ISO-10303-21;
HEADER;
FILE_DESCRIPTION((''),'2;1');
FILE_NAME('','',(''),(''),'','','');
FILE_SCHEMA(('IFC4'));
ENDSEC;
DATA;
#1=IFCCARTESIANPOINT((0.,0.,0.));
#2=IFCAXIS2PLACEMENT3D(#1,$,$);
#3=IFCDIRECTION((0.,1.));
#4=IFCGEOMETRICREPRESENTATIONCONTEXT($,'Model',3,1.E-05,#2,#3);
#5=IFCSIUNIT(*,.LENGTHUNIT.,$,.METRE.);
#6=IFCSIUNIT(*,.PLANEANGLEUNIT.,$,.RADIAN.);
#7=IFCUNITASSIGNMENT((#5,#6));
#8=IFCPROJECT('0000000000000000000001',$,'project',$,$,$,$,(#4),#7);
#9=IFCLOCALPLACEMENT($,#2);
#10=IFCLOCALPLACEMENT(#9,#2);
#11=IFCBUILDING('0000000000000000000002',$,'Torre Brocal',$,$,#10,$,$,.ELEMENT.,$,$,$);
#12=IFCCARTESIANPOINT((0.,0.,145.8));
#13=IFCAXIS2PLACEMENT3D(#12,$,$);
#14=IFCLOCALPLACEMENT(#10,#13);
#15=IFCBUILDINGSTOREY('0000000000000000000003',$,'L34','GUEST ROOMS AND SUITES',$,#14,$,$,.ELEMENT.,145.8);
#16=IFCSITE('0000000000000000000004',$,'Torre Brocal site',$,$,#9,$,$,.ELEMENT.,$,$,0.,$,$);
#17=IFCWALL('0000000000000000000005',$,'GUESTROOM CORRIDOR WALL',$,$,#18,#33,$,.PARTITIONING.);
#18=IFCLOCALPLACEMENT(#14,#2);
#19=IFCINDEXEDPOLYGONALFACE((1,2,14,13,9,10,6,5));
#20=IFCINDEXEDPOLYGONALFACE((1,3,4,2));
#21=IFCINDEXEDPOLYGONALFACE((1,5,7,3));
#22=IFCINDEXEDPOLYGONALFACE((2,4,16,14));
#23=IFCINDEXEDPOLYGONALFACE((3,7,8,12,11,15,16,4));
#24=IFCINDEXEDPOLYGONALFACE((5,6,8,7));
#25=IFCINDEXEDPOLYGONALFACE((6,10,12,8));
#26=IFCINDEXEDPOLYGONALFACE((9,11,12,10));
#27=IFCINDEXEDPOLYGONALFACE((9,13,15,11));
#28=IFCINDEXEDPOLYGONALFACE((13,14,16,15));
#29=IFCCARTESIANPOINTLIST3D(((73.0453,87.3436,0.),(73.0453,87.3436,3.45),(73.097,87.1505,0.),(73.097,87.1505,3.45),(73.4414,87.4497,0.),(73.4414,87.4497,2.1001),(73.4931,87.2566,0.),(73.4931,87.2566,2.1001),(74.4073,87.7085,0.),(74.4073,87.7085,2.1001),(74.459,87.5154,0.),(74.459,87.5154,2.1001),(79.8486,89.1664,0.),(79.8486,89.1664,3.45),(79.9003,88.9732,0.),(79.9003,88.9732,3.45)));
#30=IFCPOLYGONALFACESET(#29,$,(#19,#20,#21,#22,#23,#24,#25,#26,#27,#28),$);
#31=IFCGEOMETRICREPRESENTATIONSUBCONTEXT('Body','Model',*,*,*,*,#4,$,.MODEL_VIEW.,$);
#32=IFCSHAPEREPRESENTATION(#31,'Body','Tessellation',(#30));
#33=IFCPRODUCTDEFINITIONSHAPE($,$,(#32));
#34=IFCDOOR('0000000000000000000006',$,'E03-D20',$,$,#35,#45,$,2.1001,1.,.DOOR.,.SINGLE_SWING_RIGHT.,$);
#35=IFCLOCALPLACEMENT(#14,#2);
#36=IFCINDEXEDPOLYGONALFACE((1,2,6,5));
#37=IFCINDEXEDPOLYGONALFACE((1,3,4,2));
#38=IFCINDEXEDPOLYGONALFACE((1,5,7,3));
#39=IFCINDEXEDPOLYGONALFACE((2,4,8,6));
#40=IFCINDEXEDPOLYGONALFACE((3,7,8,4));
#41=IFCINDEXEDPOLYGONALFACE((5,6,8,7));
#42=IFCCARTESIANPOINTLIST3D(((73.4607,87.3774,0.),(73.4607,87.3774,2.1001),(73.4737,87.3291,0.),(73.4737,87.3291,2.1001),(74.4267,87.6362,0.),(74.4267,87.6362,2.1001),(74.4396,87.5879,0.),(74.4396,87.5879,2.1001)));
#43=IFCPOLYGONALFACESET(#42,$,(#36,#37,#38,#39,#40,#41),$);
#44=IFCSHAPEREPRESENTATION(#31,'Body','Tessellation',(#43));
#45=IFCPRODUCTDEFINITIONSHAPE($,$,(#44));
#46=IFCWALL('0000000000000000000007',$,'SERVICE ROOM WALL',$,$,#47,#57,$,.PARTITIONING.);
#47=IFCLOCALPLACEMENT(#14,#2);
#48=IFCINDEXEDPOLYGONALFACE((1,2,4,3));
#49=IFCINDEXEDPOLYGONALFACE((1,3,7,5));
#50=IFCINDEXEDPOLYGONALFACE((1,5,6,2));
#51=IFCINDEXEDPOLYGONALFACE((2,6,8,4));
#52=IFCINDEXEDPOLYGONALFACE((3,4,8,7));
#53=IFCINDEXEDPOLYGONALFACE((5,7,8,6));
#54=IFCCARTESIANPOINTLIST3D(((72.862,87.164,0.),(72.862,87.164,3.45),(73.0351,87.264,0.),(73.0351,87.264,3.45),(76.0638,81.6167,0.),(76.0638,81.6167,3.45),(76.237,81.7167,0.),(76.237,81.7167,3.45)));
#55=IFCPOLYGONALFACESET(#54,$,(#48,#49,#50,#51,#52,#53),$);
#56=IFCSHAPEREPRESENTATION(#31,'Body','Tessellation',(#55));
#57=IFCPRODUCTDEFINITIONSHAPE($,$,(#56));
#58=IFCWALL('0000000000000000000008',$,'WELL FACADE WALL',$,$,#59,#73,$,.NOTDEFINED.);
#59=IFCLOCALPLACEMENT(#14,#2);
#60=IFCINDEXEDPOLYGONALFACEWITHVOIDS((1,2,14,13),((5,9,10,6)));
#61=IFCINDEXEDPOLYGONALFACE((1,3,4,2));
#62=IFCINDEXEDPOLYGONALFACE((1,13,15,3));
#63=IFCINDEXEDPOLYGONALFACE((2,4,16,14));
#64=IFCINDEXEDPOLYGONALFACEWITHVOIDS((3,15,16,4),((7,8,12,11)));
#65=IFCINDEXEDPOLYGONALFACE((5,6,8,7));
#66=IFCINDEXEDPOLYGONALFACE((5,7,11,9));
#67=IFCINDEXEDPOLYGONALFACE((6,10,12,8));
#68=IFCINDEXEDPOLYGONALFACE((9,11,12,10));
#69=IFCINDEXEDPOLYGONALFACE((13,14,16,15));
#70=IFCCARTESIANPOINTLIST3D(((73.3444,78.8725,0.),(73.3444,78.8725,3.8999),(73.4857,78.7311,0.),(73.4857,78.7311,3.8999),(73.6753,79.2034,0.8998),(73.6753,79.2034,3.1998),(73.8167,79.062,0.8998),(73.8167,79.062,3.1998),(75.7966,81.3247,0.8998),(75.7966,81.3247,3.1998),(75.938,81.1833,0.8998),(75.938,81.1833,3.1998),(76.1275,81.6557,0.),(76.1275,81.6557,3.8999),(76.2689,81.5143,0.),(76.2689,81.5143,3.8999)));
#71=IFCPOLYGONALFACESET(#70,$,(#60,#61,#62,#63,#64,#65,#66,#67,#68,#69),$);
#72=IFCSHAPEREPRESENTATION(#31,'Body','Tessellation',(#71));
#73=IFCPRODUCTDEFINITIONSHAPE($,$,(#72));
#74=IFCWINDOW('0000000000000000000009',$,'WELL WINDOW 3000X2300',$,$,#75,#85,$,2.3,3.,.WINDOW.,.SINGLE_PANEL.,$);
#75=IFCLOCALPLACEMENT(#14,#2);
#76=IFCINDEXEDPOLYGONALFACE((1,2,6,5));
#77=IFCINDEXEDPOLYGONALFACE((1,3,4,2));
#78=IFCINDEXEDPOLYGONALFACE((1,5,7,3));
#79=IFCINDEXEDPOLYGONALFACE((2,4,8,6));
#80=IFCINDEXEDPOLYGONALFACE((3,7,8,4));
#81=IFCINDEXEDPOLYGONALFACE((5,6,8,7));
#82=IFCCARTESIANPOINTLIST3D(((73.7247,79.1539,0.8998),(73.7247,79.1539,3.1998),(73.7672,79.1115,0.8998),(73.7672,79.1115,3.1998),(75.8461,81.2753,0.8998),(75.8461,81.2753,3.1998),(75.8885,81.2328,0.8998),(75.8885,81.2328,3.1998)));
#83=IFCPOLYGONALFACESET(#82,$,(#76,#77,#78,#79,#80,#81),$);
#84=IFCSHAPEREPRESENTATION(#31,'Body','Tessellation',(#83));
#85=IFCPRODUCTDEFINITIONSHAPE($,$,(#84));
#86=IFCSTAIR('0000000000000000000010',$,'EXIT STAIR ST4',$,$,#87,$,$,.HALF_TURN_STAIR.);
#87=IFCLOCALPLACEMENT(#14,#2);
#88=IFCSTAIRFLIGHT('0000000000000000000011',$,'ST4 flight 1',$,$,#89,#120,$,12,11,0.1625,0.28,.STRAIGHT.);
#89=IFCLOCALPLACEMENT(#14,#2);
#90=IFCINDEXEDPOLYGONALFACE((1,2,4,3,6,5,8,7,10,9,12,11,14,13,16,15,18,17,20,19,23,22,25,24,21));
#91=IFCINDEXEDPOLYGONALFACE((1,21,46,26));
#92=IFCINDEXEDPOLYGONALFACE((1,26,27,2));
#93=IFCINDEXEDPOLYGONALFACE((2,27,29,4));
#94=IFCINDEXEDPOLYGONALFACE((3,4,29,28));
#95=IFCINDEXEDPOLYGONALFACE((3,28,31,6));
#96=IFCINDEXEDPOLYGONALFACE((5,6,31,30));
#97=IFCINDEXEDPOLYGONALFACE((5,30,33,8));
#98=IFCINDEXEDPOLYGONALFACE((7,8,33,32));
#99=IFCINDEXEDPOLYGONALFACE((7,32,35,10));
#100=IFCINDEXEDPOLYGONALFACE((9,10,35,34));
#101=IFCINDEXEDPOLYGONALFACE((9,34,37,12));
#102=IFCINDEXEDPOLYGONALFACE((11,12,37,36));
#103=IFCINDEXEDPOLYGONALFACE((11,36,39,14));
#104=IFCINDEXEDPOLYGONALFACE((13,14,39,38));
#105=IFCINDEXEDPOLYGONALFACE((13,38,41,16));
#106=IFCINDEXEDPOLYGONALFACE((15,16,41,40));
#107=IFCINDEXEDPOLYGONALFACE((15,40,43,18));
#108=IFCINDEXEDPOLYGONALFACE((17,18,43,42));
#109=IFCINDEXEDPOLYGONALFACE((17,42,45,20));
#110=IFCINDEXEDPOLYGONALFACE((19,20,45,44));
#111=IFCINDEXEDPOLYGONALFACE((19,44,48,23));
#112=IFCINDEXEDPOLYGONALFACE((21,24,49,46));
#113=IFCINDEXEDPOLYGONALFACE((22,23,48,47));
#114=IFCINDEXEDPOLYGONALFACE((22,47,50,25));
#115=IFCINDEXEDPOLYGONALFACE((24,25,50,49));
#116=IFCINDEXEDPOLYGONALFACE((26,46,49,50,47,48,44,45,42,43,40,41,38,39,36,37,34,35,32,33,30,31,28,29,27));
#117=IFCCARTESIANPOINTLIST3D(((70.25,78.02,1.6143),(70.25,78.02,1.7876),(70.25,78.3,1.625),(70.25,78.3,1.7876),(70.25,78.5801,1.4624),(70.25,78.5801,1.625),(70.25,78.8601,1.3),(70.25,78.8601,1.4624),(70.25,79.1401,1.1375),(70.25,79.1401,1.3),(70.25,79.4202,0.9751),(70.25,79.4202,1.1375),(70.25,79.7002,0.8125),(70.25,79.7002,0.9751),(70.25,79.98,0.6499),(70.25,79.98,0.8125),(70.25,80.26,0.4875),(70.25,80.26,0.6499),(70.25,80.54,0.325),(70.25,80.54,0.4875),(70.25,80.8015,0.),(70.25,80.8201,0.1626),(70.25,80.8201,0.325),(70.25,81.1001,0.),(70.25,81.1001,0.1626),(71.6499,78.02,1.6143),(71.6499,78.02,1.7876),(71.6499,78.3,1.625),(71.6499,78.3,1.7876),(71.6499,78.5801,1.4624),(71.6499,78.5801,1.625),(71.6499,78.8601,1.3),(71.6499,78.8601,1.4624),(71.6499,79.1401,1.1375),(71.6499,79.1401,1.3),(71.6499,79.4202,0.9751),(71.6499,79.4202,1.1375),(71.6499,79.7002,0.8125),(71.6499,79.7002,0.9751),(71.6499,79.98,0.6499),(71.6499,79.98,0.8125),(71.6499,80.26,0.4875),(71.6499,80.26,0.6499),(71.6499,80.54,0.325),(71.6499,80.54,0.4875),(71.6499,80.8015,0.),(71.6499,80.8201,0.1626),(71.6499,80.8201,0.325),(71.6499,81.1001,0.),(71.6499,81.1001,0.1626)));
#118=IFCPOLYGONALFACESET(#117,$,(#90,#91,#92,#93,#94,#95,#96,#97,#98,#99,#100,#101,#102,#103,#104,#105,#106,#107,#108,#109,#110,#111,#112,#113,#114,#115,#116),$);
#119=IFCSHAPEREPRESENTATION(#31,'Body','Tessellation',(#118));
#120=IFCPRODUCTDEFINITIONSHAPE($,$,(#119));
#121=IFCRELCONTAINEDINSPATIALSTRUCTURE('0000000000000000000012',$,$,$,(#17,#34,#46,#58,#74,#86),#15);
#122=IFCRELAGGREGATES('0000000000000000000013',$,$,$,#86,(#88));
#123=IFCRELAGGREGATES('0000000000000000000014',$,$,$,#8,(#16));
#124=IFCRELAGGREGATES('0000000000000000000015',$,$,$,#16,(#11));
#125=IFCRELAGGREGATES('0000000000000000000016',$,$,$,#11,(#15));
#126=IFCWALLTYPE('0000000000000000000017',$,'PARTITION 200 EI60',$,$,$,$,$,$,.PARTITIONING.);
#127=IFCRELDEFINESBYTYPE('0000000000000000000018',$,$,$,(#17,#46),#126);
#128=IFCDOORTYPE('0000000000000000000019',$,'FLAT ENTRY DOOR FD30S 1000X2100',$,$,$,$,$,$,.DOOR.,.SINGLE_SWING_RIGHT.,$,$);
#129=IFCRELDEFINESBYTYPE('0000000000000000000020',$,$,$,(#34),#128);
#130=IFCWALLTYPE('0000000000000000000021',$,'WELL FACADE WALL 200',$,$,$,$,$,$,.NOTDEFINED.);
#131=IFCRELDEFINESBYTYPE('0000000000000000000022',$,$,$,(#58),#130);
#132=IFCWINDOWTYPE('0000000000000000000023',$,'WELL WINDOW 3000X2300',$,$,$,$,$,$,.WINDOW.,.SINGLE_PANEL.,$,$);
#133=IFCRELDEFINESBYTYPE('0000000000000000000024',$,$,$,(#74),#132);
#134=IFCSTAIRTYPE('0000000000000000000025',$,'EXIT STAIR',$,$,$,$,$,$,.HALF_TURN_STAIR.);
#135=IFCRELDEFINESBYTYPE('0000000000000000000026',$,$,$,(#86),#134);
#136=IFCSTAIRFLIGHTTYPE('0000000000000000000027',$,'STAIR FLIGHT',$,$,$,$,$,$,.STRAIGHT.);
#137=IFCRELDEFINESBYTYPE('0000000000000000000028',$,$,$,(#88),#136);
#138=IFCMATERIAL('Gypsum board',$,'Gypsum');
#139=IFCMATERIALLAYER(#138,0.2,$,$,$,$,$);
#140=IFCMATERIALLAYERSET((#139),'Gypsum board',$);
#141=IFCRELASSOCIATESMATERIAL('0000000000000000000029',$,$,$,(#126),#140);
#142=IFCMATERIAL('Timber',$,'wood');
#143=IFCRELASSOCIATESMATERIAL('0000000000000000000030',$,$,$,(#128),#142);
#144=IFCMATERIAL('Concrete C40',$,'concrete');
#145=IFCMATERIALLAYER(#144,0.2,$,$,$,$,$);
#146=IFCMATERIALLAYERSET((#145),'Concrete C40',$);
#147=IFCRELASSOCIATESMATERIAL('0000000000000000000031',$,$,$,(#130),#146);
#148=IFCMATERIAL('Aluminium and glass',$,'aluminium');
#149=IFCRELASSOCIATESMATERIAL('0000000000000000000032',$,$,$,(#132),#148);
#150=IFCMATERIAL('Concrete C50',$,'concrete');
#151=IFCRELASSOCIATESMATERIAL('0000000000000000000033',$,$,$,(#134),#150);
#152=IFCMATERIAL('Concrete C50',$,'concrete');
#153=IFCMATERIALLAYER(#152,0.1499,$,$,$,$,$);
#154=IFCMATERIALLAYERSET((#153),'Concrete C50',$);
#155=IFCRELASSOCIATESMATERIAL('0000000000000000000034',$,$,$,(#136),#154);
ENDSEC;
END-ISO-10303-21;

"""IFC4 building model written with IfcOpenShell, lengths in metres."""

from ifc_helpers import new_model, si_unit, direction, frame, frame_2d, origin, place, context, subcontext, project, spatial, polyline, rectangle, outline, extrude, material, layer, layer_set, type_object, element, fill, aggregate, save


model = new_model("IFC4")

# Units and contexts
model_context = context("Model", 3, precision=1e-05, world=origin(), true_north=direction((0.0, 1.0)))
body_context = subcontext(model_context, "Body", "Model", "MODEL_VIEW")
ifc_project = project(units=[si_unit("LENGTHUNIT", "METRE"), si_unit("PLANEANGLEUNIT", "RADIAN")], contexts=[model_context])

# Site, building, storey
site_placement = place(None, origin())
site = spatial("IfcSite", under=ifc_project, at=site_placement, Name="Torre Brocal site", CompositionType="ELEMENT", RefElevation=0.0)
building_placement = place(site_placement, origin())
building = spatial("IfcBuilding", under=site, at=building_placement, Name="Torre Brocal", CompositionType="ELEMENT")
storey_placement = place(building_placement, frame((0.0, 0.0, 145.8)))
storey = spatial("IfcBuildingStorey", under=building, at=storey_placement, Name="L34", Description="GUEST ROOMS AND SUITES", CompositionType="ELEMENT", Elevation=145.8)

# Wall, opening, door
ifc_material_1 = material(Name="Gypsum board", Category="Gypsum")
ifc_layer_1 = layer(ifc_material_1, 0.2)
ifc_layer_set_1 = layer_set([ifc_layer_1], Name="Gypsum board")
wall_type_1 = type_object("IfcWallType", Name="PARTITION 200 EI60", PredefinedType="PARTITIONING", material=ifc_layer_set_1)
wall_1_placement = place(storey_placement, frame((73.0713, 87.2471, 0.0), z_axis=(0.0, 0.0, 1.0), x_axis=(0.965932, 0.258797, 0.0)))
wall_1 = element("IfcWall", 1, at=wall_1_placement, inside=storey, type_object=wall_type_1, Name="GUESTROOM CORRIDOR WALL", PredefinedType="PARTITIONING", context=body_context, shape_type="SweptSolid", body=[
    extrude(rectangle(XDim=7.0432, YDim=0.2, at=frame_2d((3.5215, 0.0))), origin(), (0.0, 0.0, 1.0), 3.45),
])
opening_1_placement = place(wall_1_placement, frame((0.4099, 0.0, 0.0)))
opening_1 = element("IfcOpeningElement", 2, at=opening_1_placement, cuts=wall_1, PredefinedType="OPENING", context=body_context, shape_type="SweptSolid", body=[
    extrude(rectangle(XDim=1.0, YDim=2.1001, at=frame_2d((0.5, 1.05))), frame((0.0, 0.1099, 0.0), z_axis=(0.0, -1.0, 0.0), x_axis=(1.0, 0.0, 0.0)), (0.0, 0.0, 1.0), 0.22),
])
ifc_material_2 = material(Name="Timber", Category="wood")
door_type_1 = type_object("IfcDoorType", Name="FLAT ENTRY DOOR FD30S 1000X2100", OperationType="SINGLE_SWING_RIGHT", PredefinedType="DOOR", material=ifc_material_2)
door_1_placement = place(opening_1_placement, frame((1.0, 0.0, 0.0), z_axis=(0.0, 0.0, 1.0), x_axis=(-1.0, 0.0, 0.0)))
door_1 = element("IfcDoor", 3, at=door_1_placement, inside=storey, type_object=door_type_1, Name="E03-D20", OperationType="SINGLE_SWING_RIGHT", OverallHeight=2.1001, OverallWidth=1.0, PredefinedType="DOOR", context=body_context, shape_type="SweptSolid", body=[
    extrude(rectangle(XDim=1.0, YDim=2.1001, at=frame_2d((0.5, 1.05))), frame((0.0, 0.0249, 0.0), z_axis=(0.0, -1.0, 0.0), x_axis=(1.0, 0.0, 0.0)), (0.0, 0.0, 1.0), 0.05),
])
fill(opening_1, door_1)

# Wall
wall_2_placement = place(storey_placement, frame((72.9485, 87.2141, 0.0), z_axis=(0.0, 0.0, 1.0), x_axis=(0.499898, -0.866084, 0.0)))
element("IfcWall", 4, at=wall_2_placement, inside=storey, type_object=wall_type_1, Name="SERVICE ROOM WALL", PredefinedType="PARTITIONING", context=body_context, shape_type="SweptSolid", body=[
    extrude(rectangle(XDim=6.405, YDim=0.2, at=frame_2d((3.2026, 0.0))), origin(), (0.0, 0.0, 1.0), 3.45),
])

# Wall, opening, window
ifc_material_3 = material(Name="Concrete C40", Category="concrete")
ifc_layer_2 = layer(ifc_material_3, 0.2)
ifc_layer_set_2 = layer_set([ifc_layer_2], Name="Concrete C40")
wall_type_2 = type_object("IfcWallType", Name="WELL FACADE WALL 200", PredefinedType="NOTDEFINED", material=ifc_layer_set_2)
wall_3_placement = place(storey_placement, frame((76.1982, 81.585, 0.0), z_axis=(0.0, 0.0, 1.0), x_axis=(-0.707107, -0.707107, 0.0)))
wall_3 = element("IfcWall", 5, at=wall_3_placement, inside=storey, type_object=wall_type_2, Name="WELL FACADE WALL", PredefinedType="NOTDEFINED", context=body_context, shape_type="SweptSolid", body=[
    extrude(rectangle(XDim=3.936, YDim=0.2, at=frame_2d((1.968, 0.0))), origin(), (0.0, 0.0, 1.0), 3.8999),
])
opening_2_placement = place(wall_3_placement, frame((0.468, 0.0, 0.8999)))
opening_2 = element("IfcOpeningElement", 6, at=opening_2_placement, cuts=wall_3, PredefinedType="OPENING", context=body_context, shape_type="SweptSolid", body=[
    extrude(rectangle(XDim=3.0, YDim=2.3, at=frame_2d((1.5, 1.1499))), frame((0.0, 0.1099, 0.0), z_axis=(0.0, -1.0, 0.0), x_axis=(1.0, 0.0, 0.0)), (0.0, 0.0, 1.0), 0.22),
])
ifc_material_4 = material(Name="Aluminium and glass", Category="aluminium")
window_type = type_object("IfcWindowType", Name="WELL WINDOW 3000X2300", PartitioningType="SINGLE_PANEL", PredefinedType="WINDOW", material=ifc_material_4)
window_placement = place(opening_2_placement, origin())
window = element("IfcWindow", 7, at=window_placement, inside=storey, type_object=window_type, Name="WELL WINDOW 3000X2300", OverallHeight=2.3, OverallWidth=3.0, PartitioningType="SINGLE_PANEL", PredefinedType="WINDOW", context=body_context, shape_type="SweptSolid", body=[
    extrude(rectangle(XDim=3.0, YDim=2.3, at=frame_2d((1.5, 1.1499))), frame((0.0, 0.03, 0.0), z_axis=(0.0, -1.0, 0.0), x_axis=(1.0, 0.0, 0.0)), (0.0, 0.0, 1.0), 0.0601),
])
fill(opening_2, window)

# Stair, stair flight
ifc_material_5 = material(Name="Concrete C50", Category="concrete")
stair_type = type_object("IfcStairType", Name="EXIT STAIR", PredefinedType="HALF_TURN_STAIR", material=ifc_material_5)
stair_placement = place(storey_placement, origin())
stair = element("IfcStair", 8, at=stair_placement, inside=storey, type_object=stair_type, Name="EXIT STAIR ST4", PredefinedType="HALF_TURN_STAIR")
ifc_material_6 = material(Name="Concrete C50", Category="concrete")
ifc_layer_3 = layer(ifc_material_6, 0.1499)
ifc_layer_set_3 = layer_set([ifc_layer_3], Name="Concrete C50")
stair_flight_type = type_object("IfcStairFlightType", Name="STAIR FLIGHT", PredefinedType="STRAIGHT", material=ifc_layer_set_3)
stair_flight_placement = place(storey_placement, frame((70.95, 81.1001, 0.0), z_axis=(0.0, 0.0, 1.0), x_axis=(0.0, -1.0, 0.0)))
stair_flight = element("IfcStairFlight", 9, at=stair_flight_placement, type_object=stair_flight_type, Name="ST4 flight 1", NumberOfRisers=12, NumberOfTreads=11, PredefinedType="STRAIGHT", RiserHeight=0.1625, TreadLength=0.28, context=body_context, shape_type="SweptSolid", body=[
    extrude(outline(polyline([(0.0, 0.0), (0.0, 0.1626), (0.28, 0.1626), (0.28, 0.325), (0.5601, 0.325), (0.5601, 0.4875), (0.8401, 0.4875), (0.8401, 0.6499), (1.1201, 0.6499), (1.1201, 0.8125), (1.3999, 0.8125), (1.3999, 0.9751), (1.6799, 0.9751), (1.6799, 1.1375), (1.96, 1.1375), (1.96, 1.3), (2.24, 1.3), (2.24, 1.4624), (2.52, 1.4624), (2.52, 1.625), (2.8, 1.625), (2.8, 1.7876), (3.0801, 1.7876), (3.0801, 1.95), (3.0801, 1.6143), (0.2986, 0.0), (0.0, 0.0)])), frame((0.0, 0.7, 0.0), z_axis=(0.0, -1.0, 0.0), x_axis=(1.0, 0.0, 0.0)), (0.0, 0.0, 1.0), 1.3999),
])
aggregate(stair, [stair_flight])

save(model, "model.ifc")
